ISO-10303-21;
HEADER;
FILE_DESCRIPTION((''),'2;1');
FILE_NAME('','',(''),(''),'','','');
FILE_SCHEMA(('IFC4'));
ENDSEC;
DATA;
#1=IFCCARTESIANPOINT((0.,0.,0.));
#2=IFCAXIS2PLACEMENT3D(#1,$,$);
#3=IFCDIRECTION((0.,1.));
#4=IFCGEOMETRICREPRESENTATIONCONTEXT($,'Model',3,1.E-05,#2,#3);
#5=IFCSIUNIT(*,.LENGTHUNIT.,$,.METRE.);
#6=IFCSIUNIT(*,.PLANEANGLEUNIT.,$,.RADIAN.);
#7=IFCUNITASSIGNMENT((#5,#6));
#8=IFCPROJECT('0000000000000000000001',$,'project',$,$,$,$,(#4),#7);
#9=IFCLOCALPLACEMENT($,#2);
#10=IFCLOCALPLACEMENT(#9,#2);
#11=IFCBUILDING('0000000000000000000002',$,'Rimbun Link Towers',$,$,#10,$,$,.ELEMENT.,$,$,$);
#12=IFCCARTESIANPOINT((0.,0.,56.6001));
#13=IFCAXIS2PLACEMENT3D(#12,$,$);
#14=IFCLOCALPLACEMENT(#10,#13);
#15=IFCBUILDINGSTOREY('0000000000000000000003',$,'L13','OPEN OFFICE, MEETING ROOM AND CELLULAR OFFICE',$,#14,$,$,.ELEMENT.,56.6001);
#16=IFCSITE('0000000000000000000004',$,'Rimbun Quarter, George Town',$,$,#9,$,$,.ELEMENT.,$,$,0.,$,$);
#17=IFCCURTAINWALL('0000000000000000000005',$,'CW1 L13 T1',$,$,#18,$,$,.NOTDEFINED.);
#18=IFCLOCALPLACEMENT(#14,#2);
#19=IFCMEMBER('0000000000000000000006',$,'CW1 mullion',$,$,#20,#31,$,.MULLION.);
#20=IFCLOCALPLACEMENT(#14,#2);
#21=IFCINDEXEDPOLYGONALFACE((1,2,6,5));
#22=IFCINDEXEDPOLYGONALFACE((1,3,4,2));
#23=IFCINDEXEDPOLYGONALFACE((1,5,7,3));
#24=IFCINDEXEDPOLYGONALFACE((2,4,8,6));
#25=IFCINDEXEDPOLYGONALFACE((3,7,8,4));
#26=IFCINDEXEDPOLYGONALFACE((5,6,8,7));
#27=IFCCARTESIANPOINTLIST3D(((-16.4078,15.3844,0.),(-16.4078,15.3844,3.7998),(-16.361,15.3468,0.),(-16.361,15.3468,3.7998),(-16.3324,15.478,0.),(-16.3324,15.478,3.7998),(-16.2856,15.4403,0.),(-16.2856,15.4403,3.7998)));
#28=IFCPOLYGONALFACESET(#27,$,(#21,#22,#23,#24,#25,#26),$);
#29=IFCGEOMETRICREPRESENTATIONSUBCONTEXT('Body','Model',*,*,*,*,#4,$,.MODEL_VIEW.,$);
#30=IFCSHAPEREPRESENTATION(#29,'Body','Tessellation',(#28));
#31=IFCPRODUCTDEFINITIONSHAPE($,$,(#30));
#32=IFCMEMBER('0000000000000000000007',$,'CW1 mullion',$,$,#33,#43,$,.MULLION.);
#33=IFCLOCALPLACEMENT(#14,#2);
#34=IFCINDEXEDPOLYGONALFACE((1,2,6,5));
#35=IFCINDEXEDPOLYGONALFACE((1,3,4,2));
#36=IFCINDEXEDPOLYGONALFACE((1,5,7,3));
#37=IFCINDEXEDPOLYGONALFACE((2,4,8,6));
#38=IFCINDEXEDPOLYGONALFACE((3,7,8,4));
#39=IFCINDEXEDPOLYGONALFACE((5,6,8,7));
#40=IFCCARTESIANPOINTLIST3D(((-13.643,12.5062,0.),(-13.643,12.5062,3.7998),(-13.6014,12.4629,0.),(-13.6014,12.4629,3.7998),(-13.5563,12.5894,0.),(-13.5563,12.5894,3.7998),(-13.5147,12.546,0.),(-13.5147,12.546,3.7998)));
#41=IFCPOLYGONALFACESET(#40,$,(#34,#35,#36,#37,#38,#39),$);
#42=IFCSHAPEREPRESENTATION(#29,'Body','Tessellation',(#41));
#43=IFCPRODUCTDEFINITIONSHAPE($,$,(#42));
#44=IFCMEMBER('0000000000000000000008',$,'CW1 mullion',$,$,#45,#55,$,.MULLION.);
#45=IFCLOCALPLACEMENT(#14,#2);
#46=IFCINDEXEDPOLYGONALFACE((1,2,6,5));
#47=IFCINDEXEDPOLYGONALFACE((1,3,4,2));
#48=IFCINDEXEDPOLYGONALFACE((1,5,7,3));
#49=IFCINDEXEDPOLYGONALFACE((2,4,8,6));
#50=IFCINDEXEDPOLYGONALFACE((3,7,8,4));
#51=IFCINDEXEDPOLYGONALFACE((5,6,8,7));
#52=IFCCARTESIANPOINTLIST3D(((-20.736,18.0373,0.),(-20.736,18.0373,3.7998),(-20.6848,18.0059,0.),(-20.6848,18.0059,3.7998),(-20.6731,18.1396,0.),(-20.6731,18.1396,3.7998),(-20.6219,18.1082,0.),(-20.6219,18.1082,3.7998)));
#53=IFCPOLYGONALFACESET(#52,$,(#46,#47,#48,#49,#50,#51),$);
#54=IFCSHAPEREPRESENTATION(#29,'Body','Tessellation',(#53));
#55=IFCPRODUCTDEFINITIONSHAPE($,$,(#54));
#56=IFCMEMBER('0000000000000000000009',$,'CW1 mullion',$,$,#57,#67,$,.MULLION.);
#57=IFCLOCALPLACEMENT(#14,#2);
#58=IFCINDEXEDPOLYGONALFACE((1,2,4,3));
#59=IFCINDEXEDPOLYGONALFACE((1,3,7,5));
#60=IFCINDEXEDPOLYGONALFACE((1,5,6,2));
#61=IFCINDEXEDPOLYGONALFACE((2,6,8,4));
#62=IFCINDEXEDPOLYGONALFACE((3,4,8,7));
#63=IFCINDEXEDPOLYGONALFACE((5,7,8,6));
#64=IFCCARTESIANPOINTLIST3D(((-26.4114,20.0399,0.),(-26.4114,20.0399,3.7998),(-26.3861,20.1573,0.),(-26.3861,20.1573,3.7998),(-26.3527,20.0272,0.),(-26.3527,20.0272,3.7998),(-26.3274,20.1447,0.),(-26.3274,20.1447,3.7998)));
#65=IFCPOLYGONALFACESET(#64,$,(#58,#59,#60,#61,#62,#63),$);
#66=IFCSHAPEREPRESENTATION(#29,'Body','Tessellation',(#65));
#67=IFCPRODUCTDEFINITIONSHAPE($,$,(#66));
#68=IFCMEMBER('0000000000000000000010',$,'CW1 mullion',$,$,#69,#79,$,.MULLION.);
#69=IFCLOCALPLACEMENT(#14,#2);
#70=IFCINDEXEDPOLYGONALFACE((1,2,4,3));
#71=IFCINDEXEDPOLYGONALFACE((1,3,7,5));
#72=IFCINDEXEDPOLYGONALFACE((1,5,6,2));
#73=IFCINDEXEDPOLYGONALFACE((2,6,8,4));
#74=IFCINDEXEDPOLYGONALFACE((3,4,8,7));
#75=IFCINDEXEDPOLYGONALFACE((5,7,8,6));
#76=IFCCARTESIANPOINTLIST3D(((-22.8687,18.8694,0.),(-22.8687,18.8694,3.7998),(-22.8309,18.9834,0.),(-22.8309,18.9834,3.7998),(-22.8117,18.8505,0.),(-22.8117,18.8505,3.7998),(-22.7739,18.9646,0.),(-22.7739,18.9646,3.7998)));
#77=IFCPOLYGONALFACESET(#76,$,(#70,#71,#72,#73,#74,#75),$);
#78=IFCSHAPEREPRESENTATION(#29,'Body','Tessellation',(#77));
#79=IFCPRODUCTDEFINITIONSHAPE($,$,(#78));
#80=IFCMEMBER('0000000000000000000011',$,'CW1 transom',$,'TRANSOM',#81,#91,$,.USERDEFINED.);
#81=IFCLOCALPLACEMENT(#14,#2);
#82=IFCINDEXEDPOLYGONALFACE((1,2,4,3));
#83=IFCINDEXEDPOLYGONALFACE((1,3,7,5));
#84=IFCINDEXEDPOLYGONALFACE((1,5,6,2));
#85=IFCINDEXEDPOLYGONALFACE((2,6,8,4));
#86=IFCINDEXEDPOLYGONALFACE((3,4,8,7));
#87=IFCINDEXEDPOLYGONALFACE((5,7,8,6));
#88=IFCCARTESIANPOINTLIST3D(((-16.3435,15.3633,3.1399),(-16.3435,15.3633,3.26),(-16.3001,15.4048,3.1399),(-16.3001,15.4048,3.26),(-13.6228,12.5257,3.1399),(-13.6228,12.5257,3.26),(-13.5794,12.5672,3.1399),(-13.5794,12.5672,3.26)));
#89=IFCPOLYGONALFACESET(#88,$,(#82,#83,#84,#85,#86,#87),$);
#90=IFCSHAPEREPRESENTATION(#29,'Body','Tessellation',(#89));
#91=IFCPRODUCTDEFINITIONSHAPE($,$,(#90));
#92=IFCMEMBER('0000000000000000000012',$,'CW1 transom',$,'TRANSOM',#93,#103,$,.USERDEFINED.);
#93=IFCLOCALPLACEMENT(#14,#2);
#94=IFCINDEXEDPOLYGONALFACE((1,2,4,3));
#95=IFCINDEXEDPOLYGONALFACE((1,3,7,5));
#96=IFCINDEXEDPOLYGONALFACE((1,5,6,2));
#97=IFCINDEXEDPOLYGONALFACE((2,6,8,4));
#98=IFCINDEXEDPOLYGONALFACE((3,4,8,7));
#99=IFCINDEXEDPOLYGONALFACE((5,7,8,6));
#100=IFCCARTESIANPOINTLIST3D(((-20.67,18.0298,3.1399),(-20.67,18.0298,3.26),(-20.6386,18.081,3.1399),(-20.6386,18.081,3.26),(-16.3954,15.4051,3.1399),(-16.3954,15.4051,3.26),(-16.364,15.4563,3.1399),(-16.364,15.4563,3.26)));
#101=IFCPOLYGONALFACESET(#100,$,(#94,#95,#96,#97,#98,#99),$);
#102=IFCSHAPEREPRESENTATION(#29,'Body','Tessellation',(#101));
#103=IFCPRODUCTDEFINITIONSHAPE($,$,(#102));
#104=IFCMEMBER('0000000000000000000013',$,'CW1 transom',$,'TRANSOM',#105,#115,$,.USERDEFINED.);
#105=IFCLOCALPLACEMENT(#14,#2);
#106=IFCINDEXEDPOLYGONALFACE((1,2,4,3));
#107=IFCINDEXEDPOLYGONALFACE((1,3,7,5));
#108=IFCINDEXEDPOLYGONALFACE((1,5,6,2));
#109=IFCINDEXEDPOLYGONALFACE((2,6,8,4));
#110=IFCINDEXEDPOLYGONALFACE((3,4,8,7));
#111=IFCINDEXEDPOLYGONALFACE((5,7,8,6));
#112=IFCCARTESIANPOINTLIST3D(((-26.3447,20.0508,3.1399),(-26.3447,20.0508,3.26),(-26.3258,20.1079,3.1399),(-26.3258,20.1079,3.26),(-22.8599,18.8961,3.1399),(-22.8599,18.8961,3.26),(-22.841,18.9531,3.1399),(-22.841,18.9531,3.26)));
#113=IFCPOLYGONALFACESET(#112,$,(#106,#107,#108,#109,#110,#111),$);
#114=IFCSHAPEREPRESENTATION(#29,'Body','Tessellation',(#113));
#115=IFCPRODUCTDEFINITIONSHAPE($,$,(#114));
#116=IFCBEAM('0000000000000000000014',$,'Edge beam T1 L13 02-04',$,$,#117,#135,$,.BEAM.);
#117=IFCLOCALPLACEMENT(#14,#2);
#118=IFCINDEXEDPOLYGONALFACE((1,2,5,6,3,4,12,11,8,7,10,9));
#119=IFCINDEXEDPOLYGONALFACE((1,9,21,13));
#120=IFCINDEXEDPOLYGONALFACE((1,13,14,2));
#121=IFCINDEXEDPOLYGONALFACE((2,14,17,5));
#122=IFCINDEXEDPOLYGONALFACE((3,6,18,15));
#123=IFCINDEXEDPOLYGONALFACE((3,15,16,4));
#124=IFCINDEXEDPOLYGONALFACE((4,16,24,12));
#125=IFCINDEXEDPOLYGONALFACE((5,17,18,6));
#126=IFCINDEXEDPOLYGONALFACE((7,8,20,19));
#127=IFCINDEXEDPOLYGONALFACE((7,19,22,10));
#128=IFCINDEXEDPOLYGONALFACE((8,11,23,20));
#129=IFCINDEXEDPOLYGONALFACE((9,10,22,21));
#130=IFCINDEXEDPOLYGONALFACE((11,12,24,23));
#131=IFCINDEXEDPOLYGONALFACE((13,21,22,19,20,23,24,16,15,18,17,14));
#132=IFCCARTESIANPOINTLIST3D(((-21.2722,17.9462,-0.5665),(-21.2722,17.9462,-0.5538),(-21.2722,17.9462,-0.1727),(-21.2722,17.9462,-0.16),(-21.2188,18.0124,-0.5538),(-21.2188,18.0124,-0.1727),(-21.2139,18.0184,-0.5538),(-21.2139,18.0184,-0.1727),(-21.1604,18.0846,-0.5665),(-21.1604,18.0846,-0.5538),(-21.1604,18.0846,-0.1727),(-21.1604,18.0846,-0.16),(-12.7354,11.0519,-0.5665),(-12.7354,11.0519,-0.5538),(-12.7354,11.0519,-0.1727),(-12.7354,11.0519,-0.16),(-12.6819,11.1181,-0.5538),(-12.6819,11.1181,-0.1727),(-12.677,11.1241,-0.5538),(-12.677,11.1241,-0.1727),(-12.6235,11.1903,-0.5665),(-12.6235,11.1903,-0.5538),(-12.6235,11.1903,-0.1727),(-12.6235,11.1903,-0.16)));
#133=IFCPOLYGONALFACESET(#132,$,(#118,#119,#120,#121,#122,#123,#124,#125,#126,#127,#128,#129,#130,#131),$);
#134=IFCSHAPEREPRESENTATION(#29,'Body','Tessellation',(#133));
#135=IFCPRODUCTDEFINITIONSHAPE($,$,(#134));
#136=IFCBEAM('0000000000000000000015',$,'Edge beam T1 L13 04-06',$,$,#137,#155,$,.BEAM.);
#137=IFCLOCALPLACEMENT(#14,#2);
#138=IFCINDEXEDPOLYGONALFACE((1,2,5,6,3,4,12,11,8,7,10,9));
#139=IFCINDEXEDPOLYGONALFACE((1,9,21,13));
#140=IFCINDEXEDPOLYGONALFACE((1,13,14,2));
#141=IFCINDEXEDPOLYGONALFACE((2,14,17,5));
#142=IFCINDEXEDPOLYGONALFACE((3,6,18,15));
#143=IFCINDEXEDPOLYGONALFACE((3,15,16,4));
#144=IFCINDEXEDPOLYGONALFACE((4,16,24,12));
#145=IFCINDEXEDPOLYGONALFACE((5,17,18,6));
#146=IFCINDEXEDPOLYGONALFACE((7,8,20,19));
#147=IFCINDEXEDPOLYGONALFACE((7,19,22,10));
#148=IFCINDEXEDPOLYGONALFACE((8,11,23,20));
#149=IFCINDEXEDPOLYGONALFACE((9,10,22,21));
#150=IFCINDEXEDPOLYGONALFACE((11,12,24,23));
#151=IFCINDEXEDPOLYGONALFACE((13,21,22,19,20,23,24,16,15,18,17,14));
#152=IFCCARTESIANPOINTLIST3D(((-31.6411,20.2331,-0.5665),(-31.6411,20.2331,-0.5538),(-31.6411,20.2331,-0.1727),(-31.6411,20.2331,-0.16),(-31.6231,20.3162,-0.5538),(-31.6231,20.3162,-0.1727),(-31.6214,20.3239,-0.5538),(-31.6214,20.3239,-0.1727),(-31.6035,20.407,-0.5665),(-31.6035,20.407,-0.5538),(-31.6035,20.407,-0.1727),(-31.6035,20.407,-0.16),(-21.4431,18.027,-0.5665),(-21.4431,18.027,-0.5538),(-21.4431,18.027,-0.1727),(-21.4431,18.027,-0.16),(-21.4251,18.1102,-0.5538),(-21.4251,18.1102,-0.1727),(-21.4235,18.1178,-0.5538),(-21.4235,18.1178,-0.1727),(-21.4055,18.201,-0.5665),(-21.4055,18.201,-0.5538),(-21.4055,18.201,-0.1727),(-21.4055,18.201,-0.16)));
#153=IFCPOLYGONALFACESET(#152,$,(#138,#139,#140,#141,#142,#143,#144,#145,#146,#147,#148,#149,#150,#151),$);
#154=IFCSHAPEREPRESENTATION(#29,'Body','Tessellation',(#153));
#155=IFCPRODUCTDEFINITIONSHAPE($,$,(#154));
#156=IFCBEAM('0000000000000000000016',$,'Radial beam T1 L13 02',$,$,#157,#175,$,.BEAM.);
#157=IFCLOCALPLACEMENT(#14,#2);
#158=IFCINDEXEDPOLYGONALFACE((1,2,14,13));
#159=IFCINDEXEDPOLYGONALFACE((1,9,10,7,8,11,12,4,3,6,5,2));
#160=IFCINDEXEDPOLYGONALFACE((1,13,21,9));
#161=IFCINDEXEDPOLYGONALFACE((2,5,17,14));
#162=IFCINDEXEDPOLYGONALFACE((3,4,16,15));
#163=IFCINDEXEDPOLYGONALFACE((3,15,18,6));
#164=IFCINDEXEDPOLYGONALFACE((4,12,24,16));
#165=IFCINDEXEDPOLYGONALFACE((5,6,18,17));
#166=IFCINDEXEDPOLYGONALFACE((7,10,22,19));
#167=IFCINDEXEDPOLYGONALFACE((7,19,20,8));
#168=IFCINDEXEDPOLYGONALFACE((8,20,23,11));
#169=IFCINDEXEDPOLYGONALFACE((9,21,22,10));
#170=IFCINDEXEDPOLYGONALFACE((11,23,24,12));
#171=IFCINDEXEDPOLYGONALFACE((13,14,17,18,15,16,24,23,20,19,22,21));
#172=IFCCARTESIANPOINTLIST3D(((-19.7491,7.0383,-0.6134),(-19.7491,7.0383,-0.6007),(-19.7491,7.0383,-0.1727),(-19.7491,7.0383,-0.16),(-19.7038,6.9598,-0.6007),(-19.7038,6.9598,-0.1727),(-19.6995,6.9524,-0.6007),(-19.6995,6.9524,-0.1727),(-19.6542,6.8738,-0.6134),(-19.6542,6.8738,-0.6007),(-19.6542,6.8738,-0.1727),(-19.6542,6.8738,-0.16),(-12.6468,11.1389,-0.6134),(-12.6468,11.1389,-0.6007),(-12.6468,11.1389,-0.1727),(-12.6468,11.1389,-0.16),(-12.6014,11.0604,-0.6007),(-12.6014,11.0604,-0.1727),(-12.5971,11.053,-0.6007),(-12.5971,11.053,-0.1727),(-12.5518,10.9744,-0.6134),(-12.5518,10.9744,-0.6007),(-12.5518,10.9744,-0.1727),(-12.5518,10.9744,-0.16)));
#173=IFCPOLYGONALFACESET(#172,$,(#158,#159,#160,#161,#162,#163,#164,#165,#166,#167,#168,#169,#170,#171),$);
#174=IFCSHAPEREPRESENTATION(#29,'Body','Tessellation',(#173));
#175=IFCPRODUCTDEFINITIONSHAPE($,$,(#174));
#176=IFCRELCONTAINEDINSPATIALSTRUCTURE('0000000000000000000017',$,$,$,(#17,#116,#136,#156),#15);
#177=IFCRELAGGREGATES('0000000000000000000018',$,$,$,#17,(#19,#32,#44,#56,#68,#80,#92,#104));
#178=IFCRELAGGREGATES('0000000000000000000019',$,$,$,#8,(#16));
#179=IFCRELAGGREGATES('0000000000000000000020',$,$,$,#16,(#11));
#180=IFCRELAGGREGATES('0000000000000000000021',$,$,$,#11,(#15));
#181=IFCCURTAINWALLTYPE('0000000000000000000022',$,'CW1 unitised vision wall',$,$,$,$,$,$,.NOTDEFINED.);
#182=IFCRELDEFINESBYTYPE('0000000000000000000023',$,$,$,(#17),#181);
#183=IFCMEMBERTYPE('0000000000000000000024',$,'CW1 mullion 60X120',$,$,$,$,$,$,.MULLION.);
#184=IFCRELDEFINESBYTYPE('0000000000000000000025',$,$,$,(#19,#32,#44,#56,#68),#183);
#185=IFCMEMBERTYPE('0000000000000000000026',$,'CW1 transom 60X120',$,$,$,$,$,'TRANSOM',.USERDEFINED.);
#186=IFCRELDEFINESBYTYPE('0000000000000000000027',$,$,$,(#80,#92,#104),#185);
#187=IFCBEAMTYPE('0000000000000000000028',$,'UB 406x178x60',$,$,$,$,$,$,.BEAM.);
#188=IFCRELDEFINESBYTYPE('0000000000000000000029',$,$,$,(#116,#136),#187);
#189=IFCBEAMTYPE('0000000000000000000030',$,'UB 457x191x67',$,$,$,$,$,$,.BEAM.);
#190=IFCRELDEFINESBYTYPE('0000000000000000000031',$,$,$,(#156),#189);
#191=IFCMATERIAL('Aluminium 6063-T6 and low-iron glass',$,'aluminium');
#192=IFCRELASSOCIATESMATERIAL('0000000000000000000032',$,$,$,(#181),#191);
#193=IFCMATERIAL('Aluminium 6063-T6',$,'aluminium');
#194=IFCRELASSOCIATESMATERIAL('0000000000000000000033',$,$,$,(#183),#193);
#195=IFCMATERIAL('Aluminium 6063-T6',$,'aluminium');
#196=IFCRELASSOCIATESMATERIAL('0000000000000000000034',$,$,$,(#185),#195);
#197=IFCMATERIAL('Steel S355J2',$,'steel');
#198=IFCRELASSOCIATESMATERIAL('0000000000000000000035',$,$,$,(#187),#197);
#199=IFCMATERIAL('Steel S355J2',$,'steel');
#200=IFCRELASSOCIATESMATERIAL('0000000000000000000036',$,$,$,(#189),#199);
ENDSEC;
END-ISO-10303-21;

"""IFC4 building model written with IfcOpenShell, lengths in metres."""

from ifc_helpers import new_model, si_unit, direction, frame, origin, origin_2d, place, context, subcontext, project, spatial, rectangle, i_section, extrude, material, material_profile, profile_set, type_object, element, aggregate, save


model = new_model("IFC4")

# Units and contexts
model_context = context("Model", 3, precision=1e-05, world=origin(), true_north=direction((0.0, 1.0)))
body_context = subcontext(model_context, "Body", "Model", "MODEL_VIEW")
ifc_project = project(units=[si_unit("LENGTHUNIT", "METRE"), si_unit("PLANEANGLEUNIT", "RADIAN")], contexts=[model_context])

# Site, building, storey
site_placement = place(None, origin())
site = spatial("IfcSite", under=ifc_project, at=site_placement, Name="Rimbun Quarter, George Town", CompositionType="ELEMENT", RefElevation=0.0)
building_placement = place(site_placement, origin())
building = spatial("IfcBuilding", under=site, at=building_placement, Name="Rimbun Link Towers", CompositionType="ELEMENT")
storey_placement = place(building_placement, frame((0.0, 0.0, 56.6001)))
storey = spatial("IfcBuildingStorey", under=building, at=storey_placement, Name="L13", Description="OPEN OFFICE, MEETING ROOM AND CELLULAR OFFICE", CompositionType="ELEMENT", Elevation=56.6001)

# Curtain wall, members
ifc_material_1 = material(Name="Aluminium 6063-T6 and low-iron glass", Category="aluminium")
curtain_wall_type = type_object("IfcCurtainWallType", Name="CW1 unitised vision wall", PredefinedType="NOTDEFINED", material=ifc_material_1)
curtain_wall_placement = place(storey_placement, origin())
curtain_wall = element("IfcCurtainWall", 1, at=curtain_wall_placement, inside=storey, type_object=curtain_wall_type, Name="CW1 L13 T1", PredefinedType="NOTDEFINED")
ifc_material_2 = material(Name="Aluminium 6063-T6", Category="aluminium")
ifc_material_profile_1 = material_profile(ifc_material_2, rectangle(XDim=0.1201, YDim=0.0601, at=origin_2d()), Name="MULLION 60X120")
ifc_profile_set_1 = profile_set([ifc_material_profile_1], Name="Aluminium 6063-T6")
member_type_1 = type_object("IfcMemberType", Name="CW1 mullion 60X120", PredefinedType="MULLION", material=ifc_profile_set_1)
member_1_placement = place(storey_placement, frame((-16.3467, 15.4124, 0.0), z_axis=(0.0, 0.0, 1.0), x_axis=(0.627666, 0.778483, 0.0)))
member_1 = element("IfcMember", 2, at=member_1_placement, type_object=member_type_1, Name="CW1 mullion", PredefinedType="MULLION", context=body_context, shape_type="SweptSolid", body=[
    extrude(rectangle(XDim=0.1201, YDim=0.0601, at=origin_2d()), origin(), (0.0, 0.0, 1.0), 3.7998),
])
member_2_placement = place(storey_placement, frame((-13.5789, 12.5261, 0.0), z_axis=(0.0, 0.0, 1.0), x_axis=(0.721835, 0.692065, 0.0)))
member_2 = element("IfcMember", 3, at=member_2_placement, type_object=member_type_1, Name="CW1 mullion", PredefinedType="MULLION", context=body_context, shape_type="SweptSolid", body=[
    extrude(rectangle(XDim=0.1201, YDim=0.0601, at=origin_2d()), origin(), (0.0, 0.0, 1.0), 3.7998),
])
member_3_placement = place(storey_placement, frame((-20.679, 18.0728, 0.0), z_axis=(0.0, 0.0, 1.0), x_axis=(0.523243, 0.852183, 0.0)))
member_3 = element("IfcMember", 4, at=member_3_placement, type_object=member_type_1, Name="CW1 mullion", PredefinedType="MULLION", context=body_context, shape_type="SweptSolid", body=[
    extrude(rectangle(XDim=0.1201, YDim=0.0601, at=origin_2d()), origin(), (0.0, 0.0, 1.0), 3.7998),
])
member_4_placement = place(storey_placement, frame((-26.3694, 20.0923, 0.0), z_axis=(0.0, 0.0, 1.0), x_axis=(0.210874, 0.977513, 0.0)))
member_4 = element("IfcMember", 5, at=member_4_placement, type_object=member_type_1, Name="CW1 mullion", PredefinedType="MULLION", context=body_context, shape_type="SweptSolid", body=[
    extrude(rectangle(XDim=0.1201, YDim=0.0601, at=origin_2d()), origin(), (0.0, 0.0, 1.0), 3.7998),
])
member_5_placement = place(storey_placement, frame((-22.8213, 18.917, 0.0), z_axis=(0.0, 0.0, 1.0), x_axis=(0.314563, 0.949236, 0.0)))
member_5 = element("IfcMember", 6, at=member_5_placement, type_object=member_type_1, Name="CW1 mullion", PredefinedType="MULLION", context=body_context, shape_type="SweptSolid", body=[
    extrude(rectangle(XDim=0.1201, YDim=0.0601, at=origin_2d()), origin(), (0.0, 0.0, 1.0), 3.7998),
])
ifc_material_3 = material(Name="Aluminium 6063-T6", Category="aluminium")
ifc_material_profile_2 = material_profile(ifc_material_3, rectangle(XDim=0.0601, YDim=0.1201, at=origin_2d()), Name="TRANSOM 60X120")
ifc_profile_set_2 = profile_set([ifc_material_profile_2], Name="Aluminium 6063-T6")
member_type_2 = type_object("IfcMemberType", Name="CW1 transom 60X120", ElementType="TRANSOM", PredefinedType="USERDEFINED", material=ifc_profile_set_2)
member_6_placement = place(storey_placement, frame((-16.3218, 15.384, 3.2), z_axis=(0.692077, -0.721824, 0.0), x_axis=(0.721824, 0.692077, 0.0)))
member_6 = element("IfcMember", 7, at=member_6_placement, type_object=member_type_2, Name="CW1 transom", ObjectType="TRANSOM", PredefinedType="USERDEFINED", context=body_context, shape_type="SweptSolid", body=[
    extrude(rectangle(XDim=0.0601, YDim=0.1201, at=origin_2d()), origin(), (0.0, 0.0, 1.0), 3.9312),
])
member_7_placement = place(storey_placement, frame((-20.6543, 18.0554, 3.2), z_axis=(0.852174, -0.523258, 0.0), x_axis=(0.523258, 0.852174, 0.0)))
member_7 = element("IfcMember", 8, at=member_7_placement, type_object=member_type_2, Name="CW1 transom", ObjectType="TRANSOM", PredefinedType="USERDEFINED", context=body_context, shape_type="SweptSolid", body=[
    extrude(rectangle(XDim=0.0601, YDim=0.1201, at=origin_2d()), origin(), (0.0, 0.0, 1.0), 5.0161),
])
member_8_placement = place(storey_placement, frame((-26.3352, 20.0793, 3.2), z_axis=(0.94924, -0.314551, 0.0), x_axis=(0.314551, 0.94924, 0.0)))
member_8 = element("IfcMember", 9, at=member_8_placement, type_object=member_type_2, Name="CW1 transom", ObjectType="TRANSOM", PredefinedType="USERDEFINED", context=body_context, shape_type="SweptSolid", body=[
    extrude(rectangle(XDim=0.0601, YDim=0.1201, at=origin_2d()), origin(), (0.0, 0.0, 1.0), 3.6711),
])

# Beams
ifc_material_4 = material(Name="Steel S355J2", Category="steel")
ifc_material_profile_3 = material_profile(ifc_material_4, i_section(OverallWidth=0.178, OverallDepth=0.4065, WebThickness=0.0078, FlangeThickness=0.0127, at=origin_2d()), Name="UB 406x178x60")
ifc_profile_set_3 = profile_set([ifc_material_profile_3], Name="Steel S355J2")
beam_type_1 = type_object("IfcBeamType", Name="UB 406x178x60", PredefinedType="BEAM", material=ifc_profile_set_3)
beam_1_placement = place(storey_placement, frame((-12.6794, 11.1211, -0.3633), z_axis=(-0.77798, 0.628289, 0.0), x_axis=(-0.628289, -0.77798, 0.0)))
element("IfcBeam", 10, at=beam_1_placement, inside=storey, type_object=beam_type_1, Name="Edge beam T1 L13 02-04", PredefinedType="BEAM", context=body_context, shape_type="SweptSolid", body=[
    extrude(i_section(OverallWidth=0.178, OverallDepth=0.4065, WebThickness=0.0078, FlangeThickness=0.0127, at=origin_2d()), origin(), (0.0, 0.0, 1.0), 10.9731),
])
beam_2_placement = place(storey_placement, frame((-21.4243, 18.114, -0.3633), z_axis=(-0.977393, 0.211432, 0.0), x_axis=(-0.211432, -0.977393, 0.0)))
element("IfcBeam", 11, at=beam_2_placement, inside=storey, type_object=beam_type_1, Name="Edge beam T1 L13 04-06", PredefinedType="BEAM", context=body_context, shape_type="SweptSolid", body=[
    extrude(i_section(OverallWidth=0.178, OverallDepth=0.4065, WebThickness=0.0078, FlangeThickness=0.0127, at=origin_2d()), origin(), (0.0, 0.0, 1.0), 10.4338),
])
ifc_material_5 = material(Name="Steel S355J2", Category="steel")
ifc_material_profile_4 = material_profile(ifc_material_5, i_section(OverallWidth=0.1899, OverallDepth=0.4534, WebThickness=0.0085, FlangeThickness=0.0127, at=origin_2d()), Name="UB 457x191x67")
ifc_profile_set_4 = profile_set([ifc_material_profile_4], Name="Steel S355J2")
beam_type_2 = type_object("IfcBeamType", Name="UB 457x191x67", PredefinedType="BEAM", material=ifc_profile_set_4)
beam_3_placement = place(storey_placement, frame((-19.7017, 6.9561, -0.3867), z_axis=(0.866021, 0.500007, 0.0), x_axis=(-0.500007, 0.866021, 0.0)))
element("IfcBeam", 12, at=beam_3_placement, inside=storey, type_object=beam_type_2, Name="Radial beam T1 L13 02", PredefinedType="BEAM", context=body_context, shape_type="SweptSolid", body=[
    extrude(i_section(OverallWidth=0.1899, OverallDepth=0.4534, WebThickness=0.0085, FlangeThickness=0.0127, at=origin_2d()), origin(), (0.0, 0.0, 1.0), 8.2012),
])

aggregate(curtain_wall, [member_1, member_2, member_3, member_4, member_5, member_6, member_7, member_8])

save(model, "model.ifc")
